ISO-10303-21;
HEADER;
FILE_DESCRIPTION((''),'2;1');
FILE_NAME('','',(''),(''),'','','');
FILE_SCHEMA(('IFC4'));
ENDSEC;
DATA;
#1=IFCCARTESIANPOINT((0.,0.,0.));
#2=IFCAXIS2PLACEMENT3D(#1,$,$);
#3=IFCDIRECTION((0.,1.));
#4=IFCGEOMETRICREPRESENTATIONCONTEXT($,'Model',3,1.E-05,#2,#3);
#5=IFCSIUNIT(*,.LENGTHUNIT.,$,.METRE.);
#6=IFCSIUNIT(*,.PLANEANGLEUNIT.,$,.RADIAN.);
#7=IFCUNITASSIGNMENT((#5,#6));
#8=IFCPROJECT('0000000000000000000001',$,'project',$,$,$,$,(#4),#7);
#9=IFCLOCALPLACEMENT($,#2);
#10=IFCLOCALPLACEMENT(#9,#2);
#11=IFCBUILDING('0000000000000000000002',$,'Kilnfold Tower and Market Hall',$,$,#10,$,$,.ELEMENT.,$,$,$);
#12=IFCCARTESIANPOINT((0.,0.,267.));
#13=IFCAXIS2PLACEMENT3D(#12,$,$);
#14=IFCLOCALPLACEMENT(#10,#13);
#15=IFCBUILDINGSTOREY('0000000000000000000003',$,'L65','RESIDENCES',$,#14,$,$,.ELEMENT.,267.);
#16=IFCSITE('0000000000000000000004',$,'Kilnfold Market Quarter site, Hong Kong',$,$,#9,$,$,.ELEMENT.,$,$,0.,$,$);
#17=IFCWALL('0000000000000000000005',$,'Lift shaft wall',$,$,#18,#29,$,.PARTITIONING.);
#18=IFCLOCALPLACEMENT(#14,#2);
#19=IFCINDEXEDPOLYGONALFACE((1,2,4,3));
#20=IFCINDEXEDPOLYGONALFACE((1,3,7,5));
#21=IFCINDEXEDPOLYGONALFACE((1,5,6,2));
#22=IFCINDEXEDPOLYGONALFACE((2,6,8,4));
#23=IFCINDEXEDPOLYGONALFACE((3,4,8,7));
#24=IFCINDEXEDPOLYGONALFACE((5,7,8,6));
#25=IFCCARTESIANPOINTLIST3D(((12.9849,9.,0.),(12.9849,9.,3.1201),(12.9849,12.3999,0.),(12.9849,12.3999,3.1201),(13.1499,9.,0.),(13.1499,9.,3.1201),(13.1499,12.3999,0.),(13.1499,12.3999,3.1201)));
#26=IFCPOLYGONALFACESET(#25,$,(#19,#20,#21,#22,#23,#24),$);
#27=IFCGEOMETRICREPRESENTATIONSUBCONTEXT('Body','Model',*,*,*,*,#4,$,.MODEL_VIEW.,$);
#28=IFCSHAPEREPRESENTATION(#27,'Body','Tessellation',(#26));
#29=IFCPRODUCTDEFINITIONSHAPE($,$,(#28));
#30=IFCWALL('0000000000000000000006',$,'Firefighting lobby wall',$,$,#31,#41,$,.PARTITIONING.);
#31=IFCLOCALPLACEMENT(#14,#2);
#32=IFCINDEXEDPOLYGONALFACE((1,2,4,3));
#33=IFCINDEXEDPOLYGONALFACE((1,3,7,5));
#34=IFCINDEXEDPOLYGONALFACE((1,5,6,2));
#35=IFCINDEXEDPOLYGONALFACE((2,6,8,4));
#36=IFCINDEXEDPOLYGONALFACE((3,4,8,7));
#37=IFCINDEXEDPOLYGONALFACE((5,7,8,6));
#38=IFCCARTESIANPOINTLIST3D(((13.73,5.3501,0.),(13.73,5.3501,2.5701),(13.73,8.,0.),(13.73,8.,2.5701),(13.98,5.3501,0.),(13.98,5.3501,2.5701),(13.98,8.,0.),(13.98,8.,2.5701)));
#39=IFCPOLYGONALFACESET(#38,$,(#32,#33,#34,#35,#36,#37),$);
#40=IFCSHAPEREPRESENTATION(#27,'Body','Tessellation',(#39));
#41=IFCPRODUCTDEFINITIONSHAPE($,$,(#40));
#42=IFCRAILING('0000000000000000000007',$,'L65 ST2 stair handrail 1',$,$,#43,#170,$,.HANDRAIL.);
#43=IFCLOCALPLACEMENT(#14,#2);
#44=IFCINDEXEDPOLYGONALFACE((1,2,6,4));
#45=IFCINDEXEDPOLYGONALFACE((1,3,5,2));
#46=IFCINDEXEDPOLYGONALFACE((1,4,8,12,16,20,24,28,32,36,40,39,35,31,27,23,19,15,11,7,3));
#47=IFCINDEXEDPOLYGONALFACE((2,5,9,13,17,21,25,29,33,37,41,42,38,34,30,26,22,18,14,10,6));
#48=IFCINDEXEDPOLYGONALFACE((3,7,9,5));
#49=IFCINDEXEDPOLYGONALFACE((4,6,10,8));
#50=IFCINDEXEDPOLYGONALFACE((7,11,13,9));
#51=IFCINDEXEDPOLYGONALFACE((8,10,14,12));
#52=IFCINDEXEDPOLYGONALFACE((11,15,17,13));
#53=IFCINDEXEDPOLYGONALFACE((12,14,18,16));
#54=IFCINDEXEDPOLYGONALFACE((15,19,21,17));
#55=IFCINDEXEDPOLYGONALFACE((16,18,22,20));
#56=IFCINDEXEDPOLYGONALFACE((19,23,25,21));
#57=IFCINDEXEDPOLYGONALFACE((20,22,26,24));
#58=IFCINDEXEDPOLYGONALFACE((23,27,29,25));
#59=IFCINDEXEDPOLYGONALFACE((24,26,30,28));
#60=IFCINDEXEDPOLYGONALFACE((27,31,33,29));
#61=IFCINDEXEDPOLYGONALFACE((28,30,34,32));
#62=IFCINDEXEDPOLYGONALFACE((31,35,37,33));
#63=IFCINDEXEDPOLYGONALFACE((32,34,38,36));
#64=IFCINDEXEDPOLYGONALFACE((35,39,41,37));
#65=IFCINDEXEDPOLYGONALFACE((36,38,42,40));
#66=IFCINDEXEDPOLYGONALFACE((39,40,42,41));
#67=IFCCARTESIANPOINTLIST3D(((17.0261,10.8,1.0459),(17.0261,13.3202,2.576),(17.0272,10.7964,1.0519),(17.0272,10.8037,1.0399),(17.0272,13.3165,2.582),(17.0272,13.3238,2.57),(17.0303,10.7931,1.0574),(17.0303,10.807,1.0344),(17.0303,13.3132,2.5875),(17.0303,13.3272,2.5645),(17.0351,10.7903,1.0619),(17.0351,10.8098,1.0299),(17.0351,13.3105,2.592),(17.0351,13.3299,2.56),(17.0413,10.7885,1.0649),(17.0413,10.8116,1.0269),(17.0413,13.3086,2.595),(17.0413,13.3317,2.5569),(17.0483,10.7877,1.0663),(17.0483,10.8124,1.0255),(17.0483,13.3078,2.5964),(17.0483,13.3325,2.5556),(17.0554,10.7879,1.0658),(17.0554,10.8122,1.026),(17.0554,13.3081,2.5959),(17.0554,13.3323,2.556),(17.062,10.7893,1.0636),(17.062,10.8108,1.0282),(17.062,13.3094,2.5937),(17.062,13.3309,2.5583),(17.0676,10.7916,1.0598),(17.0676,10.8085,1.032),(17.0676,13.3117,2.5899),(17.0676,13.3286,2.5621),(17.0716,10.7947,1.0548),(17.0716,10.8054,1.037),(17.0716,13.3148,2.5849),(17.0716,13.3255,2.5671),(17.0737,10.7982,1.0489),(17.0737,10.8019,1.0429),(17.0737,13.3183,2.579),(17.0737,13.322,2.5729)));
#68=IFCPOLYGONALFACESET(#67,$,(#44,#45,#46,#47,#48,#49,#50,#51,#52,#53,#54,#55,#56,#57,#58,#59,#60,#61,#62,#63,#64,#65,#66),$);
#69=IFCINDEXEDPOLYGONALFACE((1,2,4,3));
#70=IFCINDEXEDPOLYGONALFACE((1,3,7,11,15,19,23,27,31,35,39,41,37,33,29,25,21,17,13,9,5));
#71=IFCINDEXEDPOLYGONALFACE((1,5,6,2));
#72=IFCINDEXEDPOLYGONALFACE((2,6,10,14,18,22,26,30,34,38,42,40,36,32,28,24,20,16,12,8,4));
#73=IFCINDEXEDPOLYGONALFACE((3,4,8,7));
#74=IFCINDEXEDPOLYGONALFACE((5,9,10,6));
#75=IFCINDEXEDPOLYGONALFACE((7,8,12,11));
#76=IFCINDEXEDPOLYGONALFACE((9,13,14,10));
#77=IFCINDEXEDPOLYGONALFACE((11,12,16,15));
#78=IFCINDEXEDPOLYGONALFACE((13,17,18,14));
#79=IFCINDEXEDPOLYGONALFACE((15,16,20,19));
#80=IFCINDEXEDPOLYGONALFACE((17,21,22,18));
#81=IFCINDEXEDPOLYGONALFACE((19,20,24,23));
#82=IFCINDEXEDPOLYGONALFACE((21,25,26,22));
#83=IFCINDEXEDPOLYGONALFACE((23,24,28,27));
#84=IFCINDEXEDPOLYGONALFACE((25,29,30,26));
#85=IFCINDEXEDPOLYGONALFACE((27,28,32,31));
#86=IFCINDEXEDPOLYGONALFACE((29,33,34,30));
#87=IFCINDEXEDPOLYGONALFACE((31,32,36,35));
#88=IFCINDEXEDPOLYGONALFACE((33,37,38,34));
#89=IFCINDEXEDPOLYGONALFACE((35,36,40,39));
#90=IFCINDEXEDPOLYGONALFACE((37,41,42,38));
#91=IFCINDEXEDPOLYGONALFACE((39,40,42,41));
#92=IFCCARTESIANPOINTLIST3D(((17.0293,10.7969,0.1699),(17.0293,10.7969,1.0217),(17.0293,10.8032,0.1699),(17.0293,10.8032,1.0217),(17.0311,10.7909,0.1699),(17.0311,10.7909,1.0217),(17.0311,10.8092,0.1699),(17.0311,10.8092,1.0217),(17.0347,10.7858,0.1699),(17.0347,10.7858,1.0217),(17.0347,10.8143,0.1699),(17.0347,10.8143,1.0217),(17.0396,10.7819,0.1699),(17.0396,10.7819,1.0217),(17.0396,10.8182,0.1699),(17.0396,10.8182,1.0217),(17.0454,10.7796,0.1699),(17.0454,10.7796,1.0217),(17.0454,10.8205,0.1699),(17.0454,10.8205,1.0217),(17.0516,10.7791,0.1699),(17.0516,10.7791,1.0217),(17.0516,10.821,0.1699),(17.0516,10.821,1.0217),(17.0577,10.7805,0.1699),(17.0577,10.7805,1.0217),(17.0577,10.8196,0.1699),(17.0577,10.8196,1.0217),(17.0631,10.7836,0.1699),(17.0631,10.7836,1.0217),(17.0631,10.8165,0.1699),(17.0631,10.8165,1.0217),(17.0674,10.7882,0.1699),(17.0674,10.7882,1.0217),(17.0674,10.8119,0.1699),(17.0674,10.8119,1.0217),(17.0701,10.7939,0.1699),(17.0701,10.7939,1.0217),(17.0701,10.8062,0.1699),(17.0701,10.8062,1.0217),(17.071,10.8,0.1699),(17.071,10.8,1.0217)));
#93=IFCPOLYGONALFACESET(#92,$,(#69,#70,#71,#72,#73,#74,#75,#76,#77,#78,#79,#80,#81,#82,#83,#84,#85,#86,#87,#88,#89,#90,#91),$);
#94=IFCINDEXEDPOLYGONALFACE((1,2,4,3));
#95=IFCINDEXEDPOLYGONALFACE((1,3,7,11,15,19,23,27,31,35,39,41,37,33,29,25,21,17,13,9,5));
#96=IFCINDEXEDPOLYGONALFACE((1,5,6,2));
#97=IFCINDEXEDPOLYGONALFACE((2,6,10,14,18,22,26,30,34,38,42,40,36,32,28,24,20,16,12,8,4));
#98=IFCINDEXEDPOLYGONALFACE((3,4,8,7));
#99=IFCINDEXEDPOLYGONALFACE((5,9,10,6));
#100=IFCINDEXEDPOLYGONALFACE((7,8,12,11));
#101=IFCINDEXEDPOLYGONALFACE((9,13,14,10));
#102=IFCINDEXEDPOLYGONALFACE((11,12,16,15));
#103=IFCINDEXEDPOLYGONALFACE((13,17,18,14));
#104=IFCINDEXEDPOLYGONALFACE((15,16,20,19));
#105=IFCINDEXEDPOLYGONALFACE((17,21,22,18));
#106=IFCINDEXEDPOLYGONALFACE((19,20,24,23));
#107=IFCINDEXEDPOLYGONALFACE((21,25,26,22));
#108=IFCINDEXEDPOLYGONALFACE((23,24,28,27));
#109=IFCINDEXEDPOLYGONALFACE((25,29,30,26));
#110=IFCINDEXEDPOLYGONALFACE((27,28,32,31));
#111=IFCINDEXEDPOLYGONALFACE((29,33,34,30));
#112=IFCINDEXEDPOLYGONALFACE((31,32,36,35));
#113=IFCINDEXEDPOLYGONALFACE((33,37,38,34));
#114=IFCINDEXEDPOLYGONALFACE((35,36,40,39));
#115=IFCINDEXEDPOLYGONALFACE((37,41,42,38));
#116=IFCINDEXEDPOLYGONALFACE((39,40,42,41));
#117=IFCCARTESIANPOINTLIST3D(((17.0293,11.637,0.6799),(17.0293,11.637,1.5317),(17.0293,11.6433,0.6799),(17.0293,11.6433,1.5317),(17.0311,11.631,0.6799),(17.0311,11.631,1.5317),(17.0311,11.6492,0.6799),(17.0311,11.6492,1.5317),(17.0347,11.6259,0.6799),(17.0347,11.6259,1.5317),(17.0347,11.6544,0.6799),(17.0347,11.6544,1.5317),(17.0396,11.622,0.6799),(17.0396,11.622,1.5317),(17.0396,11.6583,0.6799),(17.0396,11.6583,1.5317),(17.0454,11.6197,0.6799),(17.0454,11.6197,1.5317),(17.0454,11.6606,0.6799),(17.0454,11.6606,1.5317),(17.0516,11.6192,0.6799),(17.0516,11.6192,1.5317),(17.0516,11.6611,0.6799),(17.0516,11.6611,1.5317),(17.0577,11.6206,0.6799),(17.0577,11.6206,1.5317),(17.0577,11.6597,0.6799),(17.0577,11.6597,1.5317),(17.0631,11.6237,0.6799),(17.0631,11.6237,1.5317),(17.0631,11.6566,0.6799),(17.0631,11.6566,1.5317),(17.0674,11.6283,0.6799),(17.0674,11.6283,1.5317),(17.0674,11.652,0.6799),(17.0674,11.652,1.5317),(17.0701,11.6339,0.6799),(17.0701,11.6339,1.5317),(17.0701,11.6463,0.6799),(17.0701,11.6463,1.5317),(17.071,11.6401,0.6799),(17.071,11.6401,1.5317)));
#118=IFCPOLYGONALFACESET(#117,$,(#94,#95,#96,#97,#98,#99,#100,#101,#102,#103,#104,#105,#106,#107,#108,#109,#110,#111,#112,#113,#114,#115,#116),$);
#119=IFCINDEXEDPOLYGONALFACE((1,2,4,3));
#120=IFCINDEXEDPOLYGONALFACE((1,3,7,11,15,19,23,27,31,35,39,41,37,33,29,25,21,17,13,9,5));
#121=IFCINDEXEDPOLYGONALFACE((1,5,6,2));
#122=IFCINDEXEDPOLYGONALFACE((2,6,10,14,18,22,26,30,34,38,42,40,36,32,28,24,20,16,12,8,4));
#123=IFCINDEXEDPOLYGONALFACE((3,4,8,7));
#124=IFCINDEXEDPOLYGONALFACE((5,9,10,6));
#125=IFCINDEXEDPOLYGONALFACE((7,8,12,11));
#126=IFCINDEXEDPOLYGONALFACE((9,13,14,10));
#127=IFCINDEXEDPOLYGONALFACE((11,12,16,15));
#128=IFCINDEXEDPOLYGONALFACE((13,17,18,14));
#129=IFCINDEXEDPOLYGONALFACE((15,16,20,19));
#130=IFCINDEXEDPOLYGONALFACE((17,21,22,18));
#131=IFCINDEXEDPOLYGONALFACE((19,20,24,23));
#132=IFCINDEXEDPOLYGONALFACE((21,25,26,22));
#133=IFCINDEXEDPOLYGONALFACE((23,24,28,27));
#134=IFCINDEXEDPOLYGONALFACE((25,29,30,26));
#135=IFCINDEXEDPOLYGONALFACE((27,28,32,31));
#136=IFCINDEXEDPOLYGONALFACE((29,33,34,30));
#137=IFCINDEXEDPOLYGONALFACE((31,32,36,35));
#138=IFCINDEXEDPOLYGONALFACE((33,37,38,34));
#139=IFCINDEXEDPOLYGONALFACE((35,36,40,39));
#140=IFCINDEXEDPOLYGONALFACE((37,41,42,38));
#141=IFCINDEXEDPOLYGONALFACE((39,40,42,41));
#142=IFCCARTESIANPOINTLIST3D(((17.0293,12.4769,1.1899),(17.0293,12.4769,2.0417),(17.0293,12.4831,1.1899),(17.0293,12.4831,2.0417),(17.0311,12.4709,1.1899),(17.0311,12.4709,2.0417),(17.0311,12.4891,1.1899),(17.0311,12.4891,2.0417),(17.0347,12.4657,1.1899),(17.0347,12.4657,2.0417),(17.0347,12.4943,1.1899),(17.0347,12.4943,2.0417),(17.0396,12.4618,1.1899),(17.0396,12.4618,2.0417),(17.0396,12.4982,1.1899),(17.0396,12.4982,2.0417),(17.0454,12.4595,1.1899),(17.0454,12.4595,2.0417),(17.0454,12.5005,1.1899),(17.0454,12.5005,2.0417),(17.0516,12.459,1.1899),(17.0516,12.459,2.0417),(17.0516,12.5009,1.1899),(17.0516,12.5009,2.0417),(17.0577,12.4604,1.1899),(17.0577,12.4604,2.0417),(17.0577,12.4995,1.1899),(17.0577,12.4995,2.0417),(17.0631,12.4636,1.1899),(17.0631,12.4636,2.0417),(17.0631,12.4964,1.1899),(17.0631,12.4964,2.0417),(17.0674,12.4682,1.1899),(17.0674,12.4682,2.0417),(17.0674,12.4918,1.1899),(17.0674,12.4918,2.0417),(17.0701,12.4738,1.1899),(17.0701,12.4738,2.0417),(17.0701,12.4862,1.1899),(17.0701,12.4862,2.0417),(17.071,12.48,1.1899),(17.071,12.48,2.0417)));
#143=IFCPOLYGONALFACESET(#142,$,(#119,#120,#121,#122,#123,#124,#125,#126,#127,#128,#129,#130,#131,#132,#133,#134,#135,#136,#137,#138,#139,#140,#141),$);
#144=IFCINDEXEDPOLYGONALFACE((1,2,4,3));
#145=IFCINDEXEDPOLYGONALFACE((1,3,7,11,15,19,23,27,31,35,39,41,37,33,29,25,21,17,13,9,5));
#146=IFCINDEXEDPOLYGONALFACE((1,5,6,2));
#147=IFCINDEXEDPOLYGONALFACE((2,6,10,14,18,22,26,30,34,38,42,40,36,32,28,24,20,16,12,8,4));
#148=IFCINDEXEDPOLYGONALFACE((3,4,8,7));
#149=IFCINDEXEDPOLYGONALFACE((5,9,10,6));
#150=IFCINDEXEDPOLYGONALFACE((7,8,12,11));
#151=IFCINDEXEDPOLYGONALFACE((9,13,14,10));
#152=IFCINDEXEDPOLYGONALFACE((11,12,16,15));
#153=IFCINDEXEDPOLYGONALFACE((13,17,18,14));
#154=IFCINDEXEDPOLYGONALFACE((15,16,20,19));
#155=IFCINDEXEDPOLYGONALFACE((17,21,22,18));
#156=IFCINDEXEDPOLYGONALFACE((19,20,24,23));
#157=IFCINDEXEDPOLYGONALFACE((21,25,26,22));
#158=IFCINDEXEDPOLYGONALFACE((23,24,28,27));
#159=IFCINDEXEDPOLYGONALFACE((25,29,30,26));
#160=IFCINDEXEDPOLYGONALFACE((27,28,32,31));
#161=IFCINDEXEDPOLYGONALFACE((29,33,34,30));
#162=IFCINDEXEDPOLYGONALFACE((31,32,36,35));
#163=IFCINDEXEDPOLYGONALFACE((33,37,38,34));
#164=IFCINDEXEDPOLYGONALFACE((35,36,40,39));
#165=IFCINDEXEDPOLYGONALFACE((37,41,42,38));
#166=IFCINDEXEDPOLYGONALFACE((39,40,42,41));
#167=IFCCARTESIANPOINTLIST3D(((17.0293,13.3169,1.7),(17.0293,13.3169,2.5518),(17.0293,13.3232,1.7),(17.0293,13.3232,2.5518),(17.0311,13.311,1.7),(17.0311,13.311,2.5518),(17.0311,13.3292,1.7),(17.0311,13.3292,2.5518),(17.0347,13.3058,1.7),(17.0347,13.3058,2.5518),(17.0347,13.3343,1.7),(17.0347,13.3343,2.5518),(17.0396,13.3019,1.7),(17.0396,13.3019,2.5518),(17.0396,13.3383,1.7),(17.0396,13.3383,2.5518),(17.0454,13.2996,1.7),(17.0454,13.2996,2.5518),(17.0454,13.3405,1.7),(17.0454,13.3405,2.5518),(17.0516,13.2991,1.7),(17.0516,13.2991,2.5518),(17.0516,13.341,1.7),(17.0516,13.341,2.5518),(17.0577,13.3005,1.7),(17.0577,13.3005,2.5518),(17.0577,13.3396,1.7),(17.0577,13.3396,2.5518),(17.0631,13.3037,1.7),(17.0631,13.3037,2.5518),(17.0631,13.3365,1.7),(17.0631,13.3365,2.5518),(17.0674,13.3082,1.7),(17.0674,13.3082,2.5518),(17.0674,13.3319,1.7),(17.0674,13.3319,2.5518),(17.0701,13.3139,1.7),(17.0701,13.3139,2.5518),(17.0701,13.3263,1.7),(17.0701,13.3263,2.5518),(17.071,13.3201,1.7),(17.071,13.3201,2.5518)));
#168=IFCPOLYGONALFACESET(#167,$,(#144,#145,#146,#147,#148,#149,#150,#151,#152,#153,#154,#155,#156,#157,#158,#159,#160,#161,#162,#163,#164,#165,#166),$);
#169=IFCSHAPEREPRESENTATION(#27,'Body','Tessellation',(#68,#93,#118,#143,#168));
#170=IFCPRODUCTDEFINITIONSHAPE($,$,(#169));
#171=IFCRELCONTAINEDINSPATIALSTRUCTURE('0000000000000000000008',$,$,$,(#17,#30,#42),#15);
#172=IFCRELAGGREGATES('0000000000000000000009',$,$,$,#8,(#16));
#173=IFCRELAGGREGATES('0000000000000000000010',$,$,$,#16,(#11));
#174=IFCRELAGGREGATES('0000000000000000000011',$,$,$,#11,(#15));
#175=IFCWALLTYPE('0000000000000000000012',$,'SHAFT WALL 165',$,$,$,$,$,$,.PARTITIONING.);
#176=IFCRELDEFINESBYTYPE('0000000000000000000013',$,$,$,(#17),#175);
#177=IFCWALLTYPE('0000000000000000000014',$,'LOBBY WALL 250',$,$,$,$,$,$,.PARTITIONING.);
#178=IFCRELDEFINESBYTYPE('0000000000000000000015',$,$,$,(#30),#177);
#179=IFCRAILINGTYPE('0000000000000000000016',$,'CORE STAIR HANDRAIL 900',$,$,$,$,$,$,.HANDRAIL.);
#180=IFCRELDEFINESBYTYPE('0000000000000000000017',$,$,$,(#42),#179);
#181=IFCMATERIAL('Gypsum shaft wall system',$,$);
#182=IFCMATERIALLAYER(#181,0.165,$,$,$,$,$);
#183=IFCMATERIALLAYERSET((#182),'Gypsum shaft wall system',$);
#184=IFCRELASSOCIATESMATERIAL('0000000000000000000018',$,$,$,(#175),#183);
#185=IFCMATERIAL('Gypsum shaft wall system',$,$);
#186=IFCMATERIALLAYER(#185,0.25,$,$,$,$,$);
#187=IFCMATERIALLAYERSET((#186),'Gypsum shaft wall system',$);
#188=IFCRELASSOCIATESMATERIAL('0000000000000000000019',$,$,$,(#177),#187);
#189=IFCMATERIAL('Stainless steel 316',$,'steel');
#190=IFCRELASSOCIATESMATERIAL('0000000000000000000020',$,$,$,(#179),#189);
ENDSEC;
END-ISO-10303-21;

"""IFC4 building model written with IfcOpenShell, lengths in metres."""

from ifc_helpers import new_model, si_unit, direction, frame, frame_2d, origin, origin_2d, place, context, subcontext, project, spatial, rectangle, circle, extrude, source, transform, mapped, material, layer, layer_set, type_object, element, save


model = new_model("IFC4")

# Units and contexts
model_context = context("Model", 3, precision=1e-05, world=origin(), true_north=direction((0.0, 1.0)))
body_context = subcontext(model_context, "Body", "Model", "MODEL_VIEW")
ifc_project = project(units=[si_unit("LENGTHUNIT", "METRE"), si_unit("PLANEANGLEUNIT", "RADIAN")], contexts=[model_context])

# Site, building, storey
site_placement = place(None, origin())
site = spatial("IfcSite", under=ifc_project, at=site_placement, Name="Kilnfold Market Quarter site, Hong Kong", CompositionType="ELEMENT", RefElevation=0.0)
building_placement = place(site_placement, origin())
building = spatial("IfcBuilding", under=site, at=building_placement, Name="Kilnfold Tower and Market Hall", CompositionType="ELEMENT")
storey_placement = place(building_placement, frame((0.0, 0.0, 267.0)))
storey = spatial("IfcBuildingStorey", under=building, at=storey_placement, Name="L65", Description="RESIDENCES", CompositionType="ELEMENT", Elevation=267.0)

# Walls
ifc_material_1 = material(Name="Gypsum shaft wall system")
ifc_layer_1 = layer(ifc_material_1, 0.165)
ifc_layer_set_1 = layer_set([ifc_layer_1], Name="Gypsum shaft wall system")
wall_type_1 = type_object("IfcWallType", Name="SHAFT WALL 165", PredefinedType="PARTITIONING", material=ifc_layer_set_1)
shared_shape_1 = source(origin(), body_context, "Body", "SweptSolid", [
    extrude(rectangle(XDim=3.3999, YDim=0.165, at=frame_2d((1.7, 0.0))), origin(), (0.0, 0.0, 1.0), 3.1201),
])
wall_1_placement = place(storey_placement, frame((13.0674, 9.0, 0.0), z_axis=(0.0, 0.0, 1.0), x_axis=(0.0, 1.0, 0.0)))
element("IfcWall", 1, at=wall_1_placement, inside=storey, type_object=wall_type_1, Name="Lift shaft wall", PredefinedType="PARTITIONING", context=body_context, shape_type="MappedRepresentation", body=[
    mapped(shared_shape_1, transform((0.0, 0.0, 0.0))),
])
ifc_material_2 = material(Name="Gypsum shaft wall system")
ifc_layer_2 = layer(ifc_material_2, 0.25)
ifc_layer_set_2 = layer_set([ifc_layer_2], Name="Gypsum shaft wall system")
wall_type_2 = type_object("IfcWallType", Name="LOBBY WALL 250", PredefinedType="PARTITIONING", material=ifc_layer_set_2)
shared_shape_2 = source(origin(), body_context, "Body", "SweptSolid", [
    extrude(rectangle(XDim=2.6499, YDim=0.25, at=frame_2d((1.325, 0.0))), origin(), (0.0, 0.0, 1.0), 2.5701),
])
wall_2_placement = place(storey_placement, frame((13.855, 5.3501, 0.0), z_axis=(0.0, 0.0, 1.0), x_axis=(0.0, 1.0, 0.0)))
element("IfcWall", 2, at=wall_2_placement, inside=storey, type_object=wall_type_2, Name="Firefighting lobby wall", PredefinedType="PARTITIONING", context=body_context, shape_type="MappedRepresentation", body=[
    mapped(shared_shape_2, transform((0.0, 0.0, 0.0))),
])

# Railing
ifc_material_3 = material(Name="Stainless steel 316", Category="steel")
railing_type_1 = type_object("IfcRailingType", Name="CORE STAIR HANDRAIL 900", PredefinedType="HANDRAIL", material=ifc_material_3)
railing_1_placement = place(storey_placement, frame((17.05, 10.8, 0.1699)))
element("IfcRailing", 3, at=railing_1_placement, inside=storey, type_object=railing_type_1, Name="L65 ST2 stair handrail 1", PredefinedType="HANDRAIL", context=body_context, shape_type="SweptSolid", body=[
    extrude(circle(Radius=0.0239, at=origin_2d()), frame((0.0, 0.0, 0.876), z_axis=(0.0, 0.854785, 0.518982), x_axis=(-1.0, 0.0, 0.0)), (0.0, 0.0, 1.0), 2.9482),
    extrude(circle(Radius=0.021, at=origin_2d()), origin(), (0.0, 0.0, 1.0), 0.8518),
    extrude(circle(Radius=0.021, at=origin_2d()), frame((0.0, 0.8401, 0.51)), (0.0, 0.0, 1.0), 0.8518),
    extrude(circle(Radius=0.021, at=origin_2d()), frame((0.0, 1.6799, 1.02)), (0.0, 0.0, 1.0), 0.8518),
    extrude(circle(Radius=0.021, at=origin_2d()), frame((0.0, 2.52, 1.53)), (0.0, 0.0, 1.0), 0.8518),
])

save(model, "model.ifc")
